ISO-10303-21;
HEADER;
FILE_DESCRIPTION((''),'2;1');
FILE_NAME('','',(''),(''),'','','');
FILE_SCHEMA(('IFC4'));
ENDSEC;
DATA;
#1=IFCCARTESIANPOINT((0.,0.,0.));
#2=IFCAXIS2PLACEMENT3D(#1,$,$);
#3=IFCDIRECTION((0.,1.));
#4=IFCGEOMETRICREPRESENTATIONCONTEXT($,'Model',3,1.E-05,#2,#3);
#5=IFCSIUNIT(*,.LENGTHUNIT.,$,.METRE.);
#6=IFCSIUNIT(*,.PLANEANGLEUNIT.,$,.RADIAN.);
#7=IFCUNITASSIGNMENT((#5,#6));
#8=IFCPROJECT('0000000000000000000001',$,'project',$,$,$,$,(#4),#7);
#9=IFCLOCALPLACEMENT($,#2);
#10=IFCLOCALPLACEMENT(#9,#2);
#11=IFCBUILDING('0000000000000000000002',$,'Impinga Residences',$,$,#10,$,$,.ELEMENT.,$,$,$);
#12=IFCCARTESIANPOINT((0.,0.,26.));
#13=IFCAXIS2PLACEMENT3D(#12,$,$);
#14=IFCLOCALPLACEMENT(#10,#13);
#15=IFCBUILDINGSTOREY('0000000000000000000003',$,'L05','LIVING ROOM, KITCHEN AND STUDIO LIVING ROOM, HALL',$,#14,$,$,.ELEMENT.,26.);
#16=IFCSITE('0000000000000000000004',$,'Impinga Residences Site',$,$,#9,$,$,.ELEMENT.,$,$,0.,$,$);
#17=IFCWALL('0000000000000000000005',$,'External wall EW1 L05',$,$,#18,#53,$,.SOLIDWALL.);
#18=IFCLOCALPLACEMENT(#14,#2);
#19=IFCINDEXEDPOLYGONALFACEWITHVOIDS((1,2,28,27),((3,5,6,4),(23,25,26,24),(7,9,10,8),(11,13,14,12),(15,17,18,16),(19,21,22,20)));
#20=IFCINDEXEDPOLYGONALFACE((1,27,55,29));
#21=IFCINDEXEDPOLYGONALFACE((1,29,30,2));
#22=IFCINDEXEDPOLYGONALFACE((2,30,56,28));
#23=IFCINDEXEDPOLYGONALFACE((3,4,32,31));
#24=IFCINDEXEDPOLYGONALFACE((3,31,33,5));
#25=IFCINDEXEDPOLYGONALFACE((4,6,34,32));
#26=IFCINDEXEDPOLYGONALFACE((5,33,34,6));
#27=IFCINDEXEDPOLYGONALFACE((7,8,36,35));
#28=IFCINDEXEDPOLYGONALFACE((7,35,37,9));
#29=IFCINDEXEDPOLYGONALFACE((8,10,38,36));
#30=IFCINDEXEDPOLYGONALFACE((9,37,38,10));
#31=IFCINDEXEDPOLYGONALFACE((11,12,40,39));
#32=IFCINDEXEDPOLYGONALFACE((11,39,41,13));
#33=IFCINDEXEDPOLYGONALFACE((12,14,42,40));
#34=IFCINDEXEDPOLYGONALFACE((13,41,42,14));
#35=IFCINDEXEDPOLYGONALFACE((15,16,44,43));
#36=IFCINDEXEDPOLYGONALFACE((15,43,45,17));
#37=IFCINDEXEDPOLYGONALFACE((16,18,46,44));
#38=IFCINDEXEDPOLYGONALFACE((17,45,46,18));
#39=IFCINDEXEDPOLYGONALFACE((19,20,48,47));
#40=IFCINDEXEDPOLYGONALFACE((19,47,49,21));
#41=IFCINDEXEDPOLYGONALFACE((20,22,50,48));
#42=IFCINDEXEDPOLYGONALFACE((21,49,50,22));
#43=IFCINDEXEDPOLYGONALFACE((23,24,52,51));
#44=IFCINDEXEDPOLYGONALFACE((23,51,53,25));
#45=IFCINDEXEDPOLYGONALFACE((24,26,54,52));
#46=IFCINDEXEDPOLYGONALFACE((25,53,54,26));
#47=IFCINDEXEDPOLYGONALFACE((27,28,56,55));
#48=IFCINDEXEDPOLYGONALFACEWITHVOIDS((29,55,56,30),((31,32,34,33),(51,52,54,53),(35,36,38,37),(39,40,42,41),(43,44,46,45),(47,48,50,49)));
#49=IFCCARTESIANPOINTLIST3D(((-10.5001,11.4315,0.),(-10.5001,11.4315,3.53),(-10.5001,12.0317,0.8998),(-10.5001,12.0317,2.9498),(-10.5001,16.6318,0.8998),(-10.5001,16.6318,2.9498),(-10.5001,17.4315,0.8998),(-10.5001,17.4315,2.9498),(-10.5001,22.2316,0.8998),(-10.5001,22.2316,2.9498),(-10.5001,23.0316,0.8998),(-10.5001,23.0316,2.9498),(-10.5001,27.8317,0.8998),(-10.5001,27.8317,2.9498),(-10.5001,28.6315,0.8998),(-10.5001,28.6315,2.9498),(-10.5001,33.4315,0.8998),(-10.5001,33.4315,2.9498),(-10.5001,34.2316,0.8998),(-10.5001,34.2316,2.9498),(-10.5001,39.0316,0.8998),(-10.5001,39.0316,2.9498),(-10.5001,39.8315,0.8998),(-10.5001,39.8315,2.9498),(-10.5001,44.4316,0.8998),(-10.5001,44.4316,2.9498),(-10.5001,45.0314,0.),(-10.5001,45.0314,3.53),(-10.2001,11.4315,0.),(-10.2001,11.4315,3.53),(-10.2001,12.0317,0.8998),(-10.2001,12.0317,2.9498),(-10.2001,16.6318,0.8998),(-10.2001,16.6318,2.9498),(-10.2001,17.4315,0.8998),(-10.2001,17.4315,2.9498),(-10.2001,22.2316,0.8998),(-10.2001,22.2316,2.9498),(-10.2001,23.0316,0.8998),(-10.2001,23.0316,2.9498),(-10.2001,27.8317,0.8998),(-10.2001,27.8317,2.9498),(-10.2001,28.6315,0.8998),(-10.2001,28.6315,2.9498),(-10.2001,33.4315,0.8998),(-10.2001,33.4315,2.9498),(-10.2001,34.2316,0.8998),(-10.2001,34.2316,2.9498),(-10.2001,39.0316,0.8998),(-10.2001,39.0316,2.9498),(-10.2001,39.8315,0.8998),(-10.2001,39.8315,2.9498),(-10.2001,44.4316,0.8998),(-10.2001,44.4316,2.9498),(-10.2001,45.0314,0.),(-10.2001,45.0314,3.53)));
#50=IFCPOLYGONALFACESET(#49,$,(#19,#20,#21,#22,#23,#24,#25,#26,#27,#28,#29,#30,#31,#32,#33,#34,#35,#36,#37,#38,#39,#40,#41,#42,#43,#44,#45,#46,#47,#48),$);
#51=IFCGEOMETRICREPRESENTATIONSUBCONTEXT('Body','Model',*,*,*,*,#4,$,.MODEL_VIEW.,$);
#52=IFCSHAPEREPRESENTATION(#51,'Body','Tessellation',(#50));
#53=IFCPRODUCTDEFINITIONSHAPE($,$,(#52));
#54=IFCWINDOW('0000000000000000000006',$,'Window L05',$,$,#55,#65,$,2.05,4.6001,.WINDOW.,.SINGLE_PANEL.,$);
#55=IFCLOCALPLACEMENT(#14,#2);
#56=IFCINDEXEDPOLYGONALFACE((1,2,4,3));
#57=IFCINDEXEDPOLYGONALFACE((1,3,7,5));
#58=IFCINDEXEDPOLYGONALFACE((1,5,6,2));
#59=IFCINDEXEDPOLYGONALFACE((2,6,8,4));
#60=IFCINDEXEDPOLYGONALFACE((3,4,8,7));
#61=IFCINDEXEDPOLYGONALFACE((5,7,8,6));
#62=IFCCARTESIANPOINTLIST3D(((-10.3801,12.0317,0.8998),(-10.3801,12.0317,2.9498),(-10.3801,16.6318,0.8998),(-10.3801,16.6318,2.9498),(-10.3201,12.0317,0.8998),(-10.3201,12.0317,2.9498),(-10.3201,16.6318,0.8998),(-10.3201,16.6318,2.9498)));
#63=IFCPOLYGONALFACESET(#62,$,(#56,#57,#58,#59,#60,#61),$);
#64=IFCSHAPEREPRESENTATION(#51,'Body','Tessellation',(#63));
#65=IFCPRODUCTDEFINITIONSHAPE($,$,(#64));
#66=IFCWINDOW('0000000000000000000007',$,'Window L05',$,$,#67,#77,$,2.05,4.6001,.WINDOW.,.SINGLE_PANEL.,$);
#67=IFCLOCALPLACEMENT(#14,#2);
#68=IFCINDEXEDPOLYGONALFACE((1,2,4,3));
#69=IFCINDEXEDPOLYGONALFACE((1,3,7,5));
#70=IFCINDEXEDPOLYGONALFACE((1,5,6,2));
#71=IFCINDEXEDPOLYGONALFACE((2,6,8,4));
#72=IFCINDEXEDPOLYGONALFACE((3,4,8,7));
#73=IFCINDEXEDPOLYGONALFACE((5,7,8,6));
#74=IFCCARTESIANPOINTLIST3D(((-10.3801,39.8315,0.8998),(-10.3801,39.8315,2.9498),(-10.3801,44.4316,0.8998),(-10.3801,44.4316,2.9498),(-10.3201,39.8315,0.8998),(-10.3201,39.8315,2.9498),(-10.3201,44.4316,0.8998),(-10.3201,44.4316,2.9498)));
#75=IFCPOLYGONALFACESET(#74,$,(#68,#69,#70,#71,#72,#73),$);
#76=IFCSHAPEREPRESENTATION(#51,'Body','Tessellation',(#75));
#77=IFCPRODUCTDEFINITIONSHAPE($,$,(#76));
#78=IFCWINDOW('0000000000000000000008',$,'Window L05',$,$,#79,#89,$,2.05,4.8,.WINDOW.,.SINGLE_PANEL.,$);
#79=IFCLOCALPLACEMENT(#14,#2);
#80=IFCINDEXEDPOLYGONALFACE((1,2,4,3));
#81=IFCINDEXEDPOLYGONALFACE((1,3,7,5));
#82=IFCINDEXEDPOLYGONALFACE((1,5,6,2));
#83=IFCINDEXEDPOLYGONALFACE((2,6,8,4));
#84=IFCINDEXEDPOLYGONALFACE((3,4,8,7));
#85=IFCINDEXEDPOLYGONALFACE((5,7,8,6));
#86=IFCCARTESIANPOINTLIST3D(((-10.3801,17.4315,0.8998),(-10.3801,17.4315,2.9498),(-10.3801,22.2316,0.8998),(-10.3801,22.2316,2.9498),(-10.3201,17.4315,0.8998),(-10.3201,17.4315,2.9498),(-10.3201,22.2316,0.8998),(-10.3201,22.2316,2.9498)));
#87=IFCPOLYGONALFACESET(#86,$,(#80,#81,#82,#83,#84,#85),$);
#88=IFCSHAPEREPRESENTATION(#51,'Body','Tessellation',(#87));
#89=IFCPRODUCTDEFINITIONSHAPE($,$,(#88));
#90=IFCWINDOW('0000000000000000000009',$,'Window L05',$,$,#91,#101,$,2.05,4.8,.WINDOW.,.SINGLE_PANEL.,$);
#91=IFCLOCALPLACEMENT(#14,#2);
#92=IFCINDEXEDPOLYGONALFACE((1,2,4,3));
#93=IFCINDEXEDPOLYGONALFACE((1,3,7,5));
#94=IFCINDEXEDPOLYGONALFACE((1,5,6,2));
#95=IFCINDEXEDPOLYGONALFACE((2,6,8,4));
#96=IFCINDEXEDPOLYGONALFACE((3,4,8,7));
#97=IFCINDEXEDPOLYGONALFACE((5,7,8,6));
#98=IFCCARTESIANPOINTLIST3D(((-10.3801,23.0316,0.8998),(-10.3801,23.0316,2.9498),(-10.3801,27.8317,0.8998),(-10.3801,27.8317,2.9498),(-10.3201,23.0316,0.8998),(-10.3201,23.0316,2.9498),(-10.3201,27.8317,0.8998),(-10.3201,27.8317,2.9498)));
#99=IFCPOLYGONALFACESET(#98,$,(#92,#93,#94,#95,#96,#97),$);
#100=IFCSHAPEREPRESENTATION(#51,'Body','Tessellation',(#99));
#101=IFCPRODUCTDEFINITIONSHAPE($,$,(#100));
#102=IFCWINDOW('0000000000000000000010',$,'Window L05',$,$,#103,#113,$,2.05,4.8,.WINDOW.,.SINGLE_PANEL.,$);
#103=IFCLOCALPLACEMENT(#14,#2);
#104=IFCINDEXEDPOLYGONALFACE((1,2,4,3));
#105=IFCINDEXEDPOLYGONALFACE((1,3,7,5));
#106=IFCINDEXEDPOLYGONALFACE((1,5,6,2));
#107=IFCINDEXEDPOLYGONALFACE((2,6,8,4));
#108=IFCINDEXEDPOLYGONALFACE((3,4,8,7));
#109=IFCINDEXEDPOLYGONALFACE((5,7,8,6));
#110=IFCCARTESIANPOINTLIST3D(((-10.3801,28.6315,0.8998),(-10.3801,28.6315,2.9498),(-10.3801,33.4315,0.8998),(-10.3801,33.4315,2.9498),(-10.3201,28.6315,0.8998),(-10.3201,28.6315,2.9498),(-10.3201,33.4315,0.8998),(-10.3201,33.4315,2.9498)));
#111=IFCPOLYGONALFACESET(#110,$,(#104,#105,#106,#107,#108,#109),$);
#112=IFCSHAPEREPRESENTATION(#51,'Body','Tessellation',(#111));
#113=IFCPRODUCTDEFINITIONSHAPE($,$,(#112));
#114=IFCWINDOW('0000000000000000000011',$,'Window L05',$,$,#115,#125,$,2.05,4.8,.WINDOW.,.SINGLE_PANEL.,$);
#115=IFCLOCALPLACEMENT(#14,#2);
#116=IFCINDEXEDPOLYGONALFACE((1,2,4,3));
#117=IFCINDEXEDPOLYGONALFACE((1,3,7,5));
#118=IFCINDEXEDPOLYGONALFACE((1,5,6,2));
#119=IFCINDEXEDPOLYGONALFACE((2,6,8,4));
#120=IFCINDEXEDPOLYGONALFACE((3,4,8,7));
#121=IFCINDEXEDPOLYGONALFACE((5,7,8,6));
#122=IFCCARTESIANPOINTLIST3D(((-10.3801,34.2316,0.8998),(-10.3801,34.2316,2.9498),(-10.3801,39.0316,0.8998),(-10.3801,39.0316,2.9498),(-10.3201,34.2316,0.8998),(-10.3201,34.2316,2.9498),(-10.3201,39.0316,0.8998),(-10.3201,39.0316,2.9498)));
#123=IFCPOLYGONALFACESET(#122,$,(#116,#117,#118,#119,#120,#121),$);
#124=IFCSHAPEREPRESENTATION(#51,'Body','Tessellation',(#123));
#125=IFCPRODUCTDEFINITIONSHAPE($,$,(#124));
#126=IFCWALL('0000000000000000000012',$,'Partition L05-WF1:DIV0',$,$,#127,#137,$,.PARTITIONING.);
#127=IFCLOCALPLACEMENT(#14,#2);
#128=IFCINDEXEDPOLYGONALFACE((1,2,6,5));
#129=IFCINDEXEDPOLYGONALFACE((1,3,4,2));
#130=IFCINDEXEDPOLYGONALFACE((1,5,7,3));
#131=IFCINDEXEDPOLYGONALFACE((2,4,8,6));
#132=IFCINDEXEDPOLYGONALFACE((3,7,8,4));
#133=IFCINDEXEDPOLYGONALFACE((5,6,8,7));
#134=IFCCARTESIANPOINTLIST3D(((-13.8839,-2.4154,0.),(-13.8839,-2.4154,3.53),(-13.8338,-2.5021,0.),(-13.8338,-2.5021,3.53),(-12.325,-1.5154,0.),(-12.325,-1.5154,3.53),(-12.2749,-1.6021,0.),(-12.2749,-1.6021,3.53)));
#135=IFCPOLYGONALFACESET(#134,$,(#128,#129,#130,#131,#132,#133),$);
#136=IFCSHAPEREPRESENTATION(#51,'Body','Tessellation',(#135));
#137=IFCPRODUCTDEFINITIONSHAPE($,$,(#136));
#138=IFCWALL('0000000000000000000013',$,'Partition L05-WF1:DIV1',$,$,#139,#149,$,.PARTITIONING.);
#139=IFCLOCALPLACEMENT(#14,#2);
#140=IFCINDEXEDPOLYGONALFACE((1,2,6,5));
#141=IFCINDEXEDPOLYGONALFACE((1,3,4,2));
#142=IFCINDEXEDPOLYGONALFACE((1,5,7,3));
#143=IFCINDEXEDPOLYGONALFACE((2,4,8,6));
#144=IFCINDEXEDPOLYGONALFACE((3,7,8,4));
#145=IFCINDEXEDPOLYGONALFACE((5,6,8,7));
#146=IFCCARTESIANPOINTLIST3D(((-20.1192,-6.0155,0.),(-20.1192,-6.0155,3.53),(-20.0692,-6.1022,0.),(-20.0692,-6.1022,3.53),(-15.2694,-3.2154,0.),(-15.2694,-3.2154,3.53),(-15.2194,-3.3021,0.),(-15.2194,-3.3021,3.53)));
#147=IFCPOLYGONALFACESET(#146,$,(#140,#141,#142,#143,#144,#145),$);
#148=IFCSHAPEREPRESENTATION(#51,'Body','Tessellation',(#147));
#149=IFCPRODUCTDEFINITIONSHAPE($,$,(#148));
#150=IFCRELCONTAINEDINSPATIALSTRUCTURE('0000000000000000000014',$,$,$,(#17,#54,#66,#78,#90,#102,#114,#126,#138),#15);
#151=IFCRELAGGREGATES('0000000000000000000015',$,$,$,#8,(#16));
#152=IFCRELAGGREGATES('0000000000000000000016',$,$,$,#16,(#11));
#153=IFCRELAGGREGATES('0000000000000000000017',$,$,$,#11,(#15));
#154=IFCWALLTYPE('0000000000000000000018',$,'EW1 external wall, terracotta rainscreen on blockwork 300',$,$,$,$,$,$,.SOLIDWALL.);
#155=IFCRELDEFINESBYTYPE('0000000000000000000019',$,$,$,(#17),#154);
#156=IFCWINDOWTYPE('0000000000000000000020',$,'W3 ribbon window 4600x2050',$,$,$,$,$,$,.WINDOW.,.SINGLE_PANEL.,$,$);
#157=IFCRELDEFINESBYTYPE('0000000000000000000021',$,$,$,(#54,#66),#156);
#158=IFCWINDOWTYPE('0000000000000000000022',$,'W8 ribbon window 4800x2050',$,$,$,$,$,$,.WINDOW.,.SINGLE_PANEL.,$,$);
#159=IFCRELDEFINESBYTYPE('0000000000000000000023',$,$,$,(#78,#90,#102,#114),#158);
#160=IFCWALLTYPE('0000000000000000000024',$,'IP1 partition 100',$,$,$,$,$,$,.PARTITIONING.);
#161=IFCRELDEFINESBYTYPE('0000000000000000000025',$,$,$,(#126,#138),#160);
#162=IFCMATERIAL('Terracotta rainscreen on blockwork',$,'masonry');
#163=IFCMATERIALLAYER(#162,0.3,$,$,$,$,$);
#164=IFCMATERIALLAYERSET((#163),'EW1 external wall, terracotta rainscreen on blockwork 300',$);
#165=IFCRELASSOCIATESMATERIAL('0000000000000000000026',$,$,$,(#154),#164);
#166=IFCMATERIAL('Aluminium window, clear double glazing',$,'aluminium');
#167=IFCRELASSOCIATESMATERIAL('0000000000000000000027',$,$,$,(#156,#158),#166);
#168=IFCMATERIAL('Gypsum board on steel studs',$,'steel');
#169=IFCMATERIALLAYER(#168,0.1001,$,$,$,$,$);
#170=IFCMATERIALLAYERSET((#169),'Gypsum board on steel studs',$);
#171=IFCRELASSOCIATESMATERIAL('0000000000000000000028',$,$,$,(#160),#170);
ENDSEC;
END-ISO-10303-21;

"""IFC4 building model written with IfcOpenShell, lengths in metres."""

from ifc_helpers import new_model, si_unit, direction, frame, frame_2d, origin, place, context, subcontext, project, spatial, rectangle, extrude, material, layer, layer_set, type_object, element, fill, save


model = new_model("IFC4")

# Units and contexts
model_context = context("Model", 3, precision=1e-05, world=origin(), true_north=direction((0.0, 1.0)))
body_context = subcontext(model_context, "Body", "Model", "MODEL_VIEW")
ifc_project = project(units=[si_unit("LENGTHUNIT", "METRE"), si_unit("PLANEANGLEUNIT", "RADIAN")], contexts=[model_context])

# Site, building, storey
site_placement = place(None, origin())
site = spatial("IfcSite", under=ifc_project, at=site_placement, Name="Impinga Residences Site", CompositionType="ELEMENT", RefElevation=0.0)
building_placement = place(site_placement, origin())
building = spatial("IfcBuilding", under=site, at=building_placement, Name="Impinga Residences", CompositionType="ELEMENT")
storey_placement = place(building_placement, frame((0.0, 0.0, 26.0)))
storey = spatial("IfcBuildingStorey", under=building, at=storey_placement, Name="L05", Description="LIVING ROOM, KITCHEN AND STUDIO LIVING ROOM, HALL", CompositionType="ELEMENT", Elevation=26.0)

# Shared definitions
ifc_material_1 = material(Name="Terracotta rainscreen on blockwork", Category="masonry")
ifc_layer_1 = layer(ifc_material_1, 0.3)
ifc_layer_set_1 = layer_set([ifc_layer_1], Name="EW1 external wall, terracotta rainscreen on blockwork 300")
wall_type_1 = type_object("IfcWallType", Name="EW1 external wall, terracotta rainscreen on blockwork 300", PredefinedType="SOLIDWALL", material=ifc_layer_set_1)

# Wall, openings, windows
wall_1_placement = place(storey_placement, frame((-10.3501, 11.4316, 0.0), z_axis=(0.0, 0.0, 1.0), x_axis=(0.0, 1.0, 0.0)))
wall_1 = element("IfcWall", 1, at=wall_1_placement, inside=storey, type_object=wall_type_1, Name="External wall EW1 L05", PredefinedType="SOLIDWALL", context=body_context, shape_type="SweptSolid", body=[
    extrude(rectangle(XDim=33.5999, YDim=0.3, at=frame_2d((16.7998, 0.0))), origin(), (0.0, 0.0, 1.0), 3.53),
])
opening_1_placement = place(wall_1_placement, frame((0.6001, 0.0, 0.8999)))
opening_1 = element("IfcOpeningElement", 2, at=opening_1_placement, cuts=wall_1, PredefinedType="OPENING", context=body_context, shape_type="SweptSolid", body=[
    extrude(rectangle(XDim=4.6001, YDim=2.05, at=frame_2d((2.3, 1.0249))), frame((0.0, 0.1599, 0.0), z_axis=(0.0, -1.0, 0.0), x_axis=(1.0, 0.0, 0.0)), (0.0, 0.0, 1.0), 0.3201),
])
opening_2_placement = place(wall_1_placement, frame((6.0, 0.0, 0.8999)))
opening_2 = element("IfcOpeningElement", 3, at=opening_2_placement, cuts=wall_1, PredefinedType="OPENING", context=body_context, shape_type="SweptSolid", body=[
    extrude(rectangle(XDim=4.8, YDim=2.05, at=frame_2d((2.3999, 1.0249))), frame((0.0, 0.1599, 0.0), z_axis=(0.0, -1.0, 0.0), x_axis=(1.0, 0.0, 0.0)), (0.0, 0.0, 1.0), 0.3201),
])
opening_3_placement = place(wall_1_placement, frame((11.6001, 0.0, 0.8999)))
opening_3 = element("IfcOpeningElement", 4, at=opening_3_placement, cuts=wall_1, PredefinedType="OPENING", context=body_context, shape_type="SweptSolid", body=[
    extrude(rectangle(XDim=4.8, YDim=2.05, at=frame_2d((2.3999, 1.0249))), frame((0.0, 0.1599, 0.0), z_axis=(0.0, -1.0, 0.0), x_axis=(1.0, 0.0, 0.0)), (0.0, 0.0, 1.0), 0.3201),
])
opening_4_placement = place(wall_1_placement, frame((17.2, 0.0, 0.8999)))
opening_4 = element("IfcOpeningElement", 5, at=opening_4_placement, cuts=wall_1, PredefinedType="OPENING", context=body_context, shape_type="SweptSolid", body=[
    extrude(rectangle(XDim=4.8, YDim=2.05, at=frame_2d((2.3999, 1.0249))), frame((0.0, 0.1599, 0.0), z_axis=(0.0, -1.0, 0.0), x_axis=(1.0, 0.0, 0.0)), (0.0, 0.0, 1.0), 0.3201),
])
opening_5_placement = place(wall_1_placement, frame((22.8, 0.0, 0.8999)))
opening_5 = element("IfcOpeningElement", 6, at=opening_5_placement, cuts=wall_1, PredefinedType="OPENING", context=body_context, shape_type="SweptSolid", body=[
    extrude(rectangle(XDim=4.8, YDim=2.05, at=frame_2d((2.3999, 1.0249))), frame((0.0, 0.1599, 0.0), z_axis=(0.0, -1.0, 0.0), x_axis=(1.0, 0.0, 0.0)), (0.0, 0.0, 1.0), 0.3201),
])
opening_6_placement = place(wall_1_placement, frame((28.3999, 0.0, 0.8999)))
opening_6 = element("IfcOpeningElement", 7, at=opening_6_placement, cuts=wall_1, PredefinedType="OPENING", context=body_context, shape_type="SweptSolid", body=[
    extrude(rectangle(XDim=4.6001, YDim=2.05, at=frame_2d((2.3, 1.0249))), frame((0.0, 0.1599, 0.0), z_axis=(0.0, -1.0, 0.0), x_axis=(1.0, 0.0, 0.0)), (0.0, 0.0, 1.0), 0.3201),
])
ifc_material_2 = material(Name="Aluminium window, clear double glazing", Category="aluminium")
window_type_1 = type_object("IfcWindowType", Name="W3 ribbon window 4600x2050", PartitioningType="SINGLE_PANEL", PredefinedType="WINDOW", material=ifc_material_2)
window_1_placement = place(opening_1_placement, origin())
window_1 = element("IfcWindow", 8, at=window_1_placement, inside=storey, type_object=window_type_1, Name="Window L05", OverallHeight=2.05, OverallWidth=4.6001, PartitioningType="SINGLE_PANEL", PredefinedType="WINDOW", context=body_context, shape_type="SweptSolid", body=[
    extrude(rectangle(XDim=4.6001, YDim=2.05, at=frame_2d((2.3, 1.0249))), frame((0.0, 0.03, 0.0), z_axis=(0.0, -1.0, 0.0), x_axis=(1.0, 0.0, 0.0)), (0.0, 0.0, 1.0), 0.0601),
])
fill(opening_1, window_1)
window_2_placement = place(opening_6_placement, origin())
window_2 = element("IfcWindow", 9, at=window_2_placement, inside=storey, type_object=window_type_1, Name="Window L05", OverallHeight=2.05, OverallWidth=4.6001, PartitioningType="SINGLE_PANEL", PredefinedType="WINDOW", context=body_context, shape_type="SweptSolid", body=[
    extrude(rectangle(XDim=4.6001, YDim=2.05, at=frame_2d((2.3, 1.0249))), frame((0.0, 0.03, 0.0), z_axis=(0.0, -1.0, 0.0), x_axis=(1.0, 0.0, 0.0)), (0.0, 0.0, 1.0), 0.0601),
])
fill(opening_6, window_2)
window_type_2 = type_object("IfcWindowType", Name="W8 ribbon window 4800x2050", PartitioningType="SINGLE_PANEL", PredefinedType="WINDOW", material=ifc_material_2)
window_3_placement = place(opening_2_placement, origin())
window_3 = element("IfcWindow", 10, at=window_3_placement, inside=storey, type_object=window_type_2, Name="Window L05", OverallHeight=2.05, OverallWidth=4.8, PartitioningType="SINGLE_PANEL", PredefinedType="WINDOW", context=body_context, shape_type="SweptSolid", body=[
    extrude(rectangle(XDim=4.8, YDim=2.05, at=frame_2d((2.3999, 1.0249))), frame((0.0, 0.03, 0.0), z_axis=(0.0, -1.0, 0.0), x_axis=(1.0, 0.0, 0.0)), (0.0, 0.0, 1.0), 0.0601),
])
fill(opening_2, window_3)
window_4_placement = place(opening_3_placement, origin())
window_4 = element("IfcWindow", 11, at=window_4_placement, inside=storey, type_object=window_type_2, Name="Window L05", OverallHeight=2.05, OverallWidth=4.8, PartitioningType="SINGLE_PANEL", PredefinedType="WINDOW", context=body_context, shape_type="SweptSolid", body=[
    extrude(rectangle(XDim=4.8, YDim=2.05, at=frame_2d((2.3999, 1.0249))), frame((0.0, 0.03, 0.0), z_axis=(0.0, -1.0, 0.0), x_axis=(1.0, 0.0, 0.0)), (0.0, 0.0, 1.0), 0.0601),
])
fill(opening_3, window_4)
window_5_placement = place(opening_4_placement, origin())
window_5 = element("IfcWindow", 12, at=window_5_placement, inside=storey, type_object=window_type_2, Name="Window L05", OverallHeight=2.05, OverallWidth=4.8, PartitioningType="SINGLE_PANEL", PredefinedType="WINDOW", context=body_context, shape_type="SweptSolid", body=[
    extrude(rectangle(XDim=4.8, YDim=2.05, at=frame_2d((2.3999, 1.0249))), frame((0.0, 0.03, 0.0), z_axis=(0.0, -1.0, 0.0), x_axis=(1.0, 0.0, 0.0)), (0.0, 0.0, 1.0), 0.0601),
])
fill(opening_4, window_5)
window_6_placement = place(opening_5_placement, origin())
window_6 = element("IfcWindow", 13, at=window_6_placement, inside=storey, type_object=window_type_2, Name="Window L05", OverallHeight=2.05, OverallWidth=4.8, PartitioningType="SINGLE_PANEL", PredefinedType="WINDOW", context=body_context, shape_type="SweptSolid", body=[
    extrude(rectangle(XDim=4.8, YDim=2.05, at=frame_2d((2.3999, 1.0249))), frame((0.0, 0.03, 0.0), z_axis=(0.0, -1.0, 0.0), x_axis=(1.0, 0.0, 0.0)), (0.0, 0.0, 1.0), 0.0601),
])
fill(opening_5, window_6)

# Walls
ifc_material_3 = material(Name="Gypsum board on steel studs", Category="steel")
ifc_layer_2 = layer(ifc_material_3, 0.1001)
ifc_layer_set_2 = layer_set([ifc_layer_2], Name="Gypsum board on steel studs")
wall_type_2 = type_object("IfcWallType", Name="IP1 partition 100", PredefinedType="PARTITIONING", material=ifc_layer_set_2)
wall_2_placement = place(storey_placement, frame((-12.3, -1.5588, 0.0), z_axis=(0.0, 0.0, 1.0), x_axis=(-0.866048, -0.499961, 0.0)))
element("IfcWall", 14, at=wall_2_placement, inside=storey, type_object=wall_type_2, Name="Partition L05-WF1:DIV0", PredefinedType="PARTITIONING", context=body_context, shape_type="SweptSolid", body=[
    extrude(rectangle(XDim=1.8, YDim=0.1001, at=frame_2d((0.8999, 0.0))), origin(), (0.0, 0.0, 1.0), 3.53),
])
wall_3_placement = place(storey_placement, frame((-15.2444, -3.2588, 0.0), z_axis=(0.0, 0.0, 1.0), x_axis=(-0.866027, -0.499998, 0.0)))
element("IfcWall", 15, at=wall_3_placement, inside=storey, type_object=wall_type_2, Name="Partition L05-WF1:DIV1", PredefinedType="PARTITIONING", context=body_context, shape_type="SweptSolid", body=[
    extrude(rectangle(XDim=5.6001, YDim=0.1001, at=frame_2d((2.8, 0.0))), origin(), (0.0, 0.0, 1.0), 3.53),
])

save(model, "model.ifc")
